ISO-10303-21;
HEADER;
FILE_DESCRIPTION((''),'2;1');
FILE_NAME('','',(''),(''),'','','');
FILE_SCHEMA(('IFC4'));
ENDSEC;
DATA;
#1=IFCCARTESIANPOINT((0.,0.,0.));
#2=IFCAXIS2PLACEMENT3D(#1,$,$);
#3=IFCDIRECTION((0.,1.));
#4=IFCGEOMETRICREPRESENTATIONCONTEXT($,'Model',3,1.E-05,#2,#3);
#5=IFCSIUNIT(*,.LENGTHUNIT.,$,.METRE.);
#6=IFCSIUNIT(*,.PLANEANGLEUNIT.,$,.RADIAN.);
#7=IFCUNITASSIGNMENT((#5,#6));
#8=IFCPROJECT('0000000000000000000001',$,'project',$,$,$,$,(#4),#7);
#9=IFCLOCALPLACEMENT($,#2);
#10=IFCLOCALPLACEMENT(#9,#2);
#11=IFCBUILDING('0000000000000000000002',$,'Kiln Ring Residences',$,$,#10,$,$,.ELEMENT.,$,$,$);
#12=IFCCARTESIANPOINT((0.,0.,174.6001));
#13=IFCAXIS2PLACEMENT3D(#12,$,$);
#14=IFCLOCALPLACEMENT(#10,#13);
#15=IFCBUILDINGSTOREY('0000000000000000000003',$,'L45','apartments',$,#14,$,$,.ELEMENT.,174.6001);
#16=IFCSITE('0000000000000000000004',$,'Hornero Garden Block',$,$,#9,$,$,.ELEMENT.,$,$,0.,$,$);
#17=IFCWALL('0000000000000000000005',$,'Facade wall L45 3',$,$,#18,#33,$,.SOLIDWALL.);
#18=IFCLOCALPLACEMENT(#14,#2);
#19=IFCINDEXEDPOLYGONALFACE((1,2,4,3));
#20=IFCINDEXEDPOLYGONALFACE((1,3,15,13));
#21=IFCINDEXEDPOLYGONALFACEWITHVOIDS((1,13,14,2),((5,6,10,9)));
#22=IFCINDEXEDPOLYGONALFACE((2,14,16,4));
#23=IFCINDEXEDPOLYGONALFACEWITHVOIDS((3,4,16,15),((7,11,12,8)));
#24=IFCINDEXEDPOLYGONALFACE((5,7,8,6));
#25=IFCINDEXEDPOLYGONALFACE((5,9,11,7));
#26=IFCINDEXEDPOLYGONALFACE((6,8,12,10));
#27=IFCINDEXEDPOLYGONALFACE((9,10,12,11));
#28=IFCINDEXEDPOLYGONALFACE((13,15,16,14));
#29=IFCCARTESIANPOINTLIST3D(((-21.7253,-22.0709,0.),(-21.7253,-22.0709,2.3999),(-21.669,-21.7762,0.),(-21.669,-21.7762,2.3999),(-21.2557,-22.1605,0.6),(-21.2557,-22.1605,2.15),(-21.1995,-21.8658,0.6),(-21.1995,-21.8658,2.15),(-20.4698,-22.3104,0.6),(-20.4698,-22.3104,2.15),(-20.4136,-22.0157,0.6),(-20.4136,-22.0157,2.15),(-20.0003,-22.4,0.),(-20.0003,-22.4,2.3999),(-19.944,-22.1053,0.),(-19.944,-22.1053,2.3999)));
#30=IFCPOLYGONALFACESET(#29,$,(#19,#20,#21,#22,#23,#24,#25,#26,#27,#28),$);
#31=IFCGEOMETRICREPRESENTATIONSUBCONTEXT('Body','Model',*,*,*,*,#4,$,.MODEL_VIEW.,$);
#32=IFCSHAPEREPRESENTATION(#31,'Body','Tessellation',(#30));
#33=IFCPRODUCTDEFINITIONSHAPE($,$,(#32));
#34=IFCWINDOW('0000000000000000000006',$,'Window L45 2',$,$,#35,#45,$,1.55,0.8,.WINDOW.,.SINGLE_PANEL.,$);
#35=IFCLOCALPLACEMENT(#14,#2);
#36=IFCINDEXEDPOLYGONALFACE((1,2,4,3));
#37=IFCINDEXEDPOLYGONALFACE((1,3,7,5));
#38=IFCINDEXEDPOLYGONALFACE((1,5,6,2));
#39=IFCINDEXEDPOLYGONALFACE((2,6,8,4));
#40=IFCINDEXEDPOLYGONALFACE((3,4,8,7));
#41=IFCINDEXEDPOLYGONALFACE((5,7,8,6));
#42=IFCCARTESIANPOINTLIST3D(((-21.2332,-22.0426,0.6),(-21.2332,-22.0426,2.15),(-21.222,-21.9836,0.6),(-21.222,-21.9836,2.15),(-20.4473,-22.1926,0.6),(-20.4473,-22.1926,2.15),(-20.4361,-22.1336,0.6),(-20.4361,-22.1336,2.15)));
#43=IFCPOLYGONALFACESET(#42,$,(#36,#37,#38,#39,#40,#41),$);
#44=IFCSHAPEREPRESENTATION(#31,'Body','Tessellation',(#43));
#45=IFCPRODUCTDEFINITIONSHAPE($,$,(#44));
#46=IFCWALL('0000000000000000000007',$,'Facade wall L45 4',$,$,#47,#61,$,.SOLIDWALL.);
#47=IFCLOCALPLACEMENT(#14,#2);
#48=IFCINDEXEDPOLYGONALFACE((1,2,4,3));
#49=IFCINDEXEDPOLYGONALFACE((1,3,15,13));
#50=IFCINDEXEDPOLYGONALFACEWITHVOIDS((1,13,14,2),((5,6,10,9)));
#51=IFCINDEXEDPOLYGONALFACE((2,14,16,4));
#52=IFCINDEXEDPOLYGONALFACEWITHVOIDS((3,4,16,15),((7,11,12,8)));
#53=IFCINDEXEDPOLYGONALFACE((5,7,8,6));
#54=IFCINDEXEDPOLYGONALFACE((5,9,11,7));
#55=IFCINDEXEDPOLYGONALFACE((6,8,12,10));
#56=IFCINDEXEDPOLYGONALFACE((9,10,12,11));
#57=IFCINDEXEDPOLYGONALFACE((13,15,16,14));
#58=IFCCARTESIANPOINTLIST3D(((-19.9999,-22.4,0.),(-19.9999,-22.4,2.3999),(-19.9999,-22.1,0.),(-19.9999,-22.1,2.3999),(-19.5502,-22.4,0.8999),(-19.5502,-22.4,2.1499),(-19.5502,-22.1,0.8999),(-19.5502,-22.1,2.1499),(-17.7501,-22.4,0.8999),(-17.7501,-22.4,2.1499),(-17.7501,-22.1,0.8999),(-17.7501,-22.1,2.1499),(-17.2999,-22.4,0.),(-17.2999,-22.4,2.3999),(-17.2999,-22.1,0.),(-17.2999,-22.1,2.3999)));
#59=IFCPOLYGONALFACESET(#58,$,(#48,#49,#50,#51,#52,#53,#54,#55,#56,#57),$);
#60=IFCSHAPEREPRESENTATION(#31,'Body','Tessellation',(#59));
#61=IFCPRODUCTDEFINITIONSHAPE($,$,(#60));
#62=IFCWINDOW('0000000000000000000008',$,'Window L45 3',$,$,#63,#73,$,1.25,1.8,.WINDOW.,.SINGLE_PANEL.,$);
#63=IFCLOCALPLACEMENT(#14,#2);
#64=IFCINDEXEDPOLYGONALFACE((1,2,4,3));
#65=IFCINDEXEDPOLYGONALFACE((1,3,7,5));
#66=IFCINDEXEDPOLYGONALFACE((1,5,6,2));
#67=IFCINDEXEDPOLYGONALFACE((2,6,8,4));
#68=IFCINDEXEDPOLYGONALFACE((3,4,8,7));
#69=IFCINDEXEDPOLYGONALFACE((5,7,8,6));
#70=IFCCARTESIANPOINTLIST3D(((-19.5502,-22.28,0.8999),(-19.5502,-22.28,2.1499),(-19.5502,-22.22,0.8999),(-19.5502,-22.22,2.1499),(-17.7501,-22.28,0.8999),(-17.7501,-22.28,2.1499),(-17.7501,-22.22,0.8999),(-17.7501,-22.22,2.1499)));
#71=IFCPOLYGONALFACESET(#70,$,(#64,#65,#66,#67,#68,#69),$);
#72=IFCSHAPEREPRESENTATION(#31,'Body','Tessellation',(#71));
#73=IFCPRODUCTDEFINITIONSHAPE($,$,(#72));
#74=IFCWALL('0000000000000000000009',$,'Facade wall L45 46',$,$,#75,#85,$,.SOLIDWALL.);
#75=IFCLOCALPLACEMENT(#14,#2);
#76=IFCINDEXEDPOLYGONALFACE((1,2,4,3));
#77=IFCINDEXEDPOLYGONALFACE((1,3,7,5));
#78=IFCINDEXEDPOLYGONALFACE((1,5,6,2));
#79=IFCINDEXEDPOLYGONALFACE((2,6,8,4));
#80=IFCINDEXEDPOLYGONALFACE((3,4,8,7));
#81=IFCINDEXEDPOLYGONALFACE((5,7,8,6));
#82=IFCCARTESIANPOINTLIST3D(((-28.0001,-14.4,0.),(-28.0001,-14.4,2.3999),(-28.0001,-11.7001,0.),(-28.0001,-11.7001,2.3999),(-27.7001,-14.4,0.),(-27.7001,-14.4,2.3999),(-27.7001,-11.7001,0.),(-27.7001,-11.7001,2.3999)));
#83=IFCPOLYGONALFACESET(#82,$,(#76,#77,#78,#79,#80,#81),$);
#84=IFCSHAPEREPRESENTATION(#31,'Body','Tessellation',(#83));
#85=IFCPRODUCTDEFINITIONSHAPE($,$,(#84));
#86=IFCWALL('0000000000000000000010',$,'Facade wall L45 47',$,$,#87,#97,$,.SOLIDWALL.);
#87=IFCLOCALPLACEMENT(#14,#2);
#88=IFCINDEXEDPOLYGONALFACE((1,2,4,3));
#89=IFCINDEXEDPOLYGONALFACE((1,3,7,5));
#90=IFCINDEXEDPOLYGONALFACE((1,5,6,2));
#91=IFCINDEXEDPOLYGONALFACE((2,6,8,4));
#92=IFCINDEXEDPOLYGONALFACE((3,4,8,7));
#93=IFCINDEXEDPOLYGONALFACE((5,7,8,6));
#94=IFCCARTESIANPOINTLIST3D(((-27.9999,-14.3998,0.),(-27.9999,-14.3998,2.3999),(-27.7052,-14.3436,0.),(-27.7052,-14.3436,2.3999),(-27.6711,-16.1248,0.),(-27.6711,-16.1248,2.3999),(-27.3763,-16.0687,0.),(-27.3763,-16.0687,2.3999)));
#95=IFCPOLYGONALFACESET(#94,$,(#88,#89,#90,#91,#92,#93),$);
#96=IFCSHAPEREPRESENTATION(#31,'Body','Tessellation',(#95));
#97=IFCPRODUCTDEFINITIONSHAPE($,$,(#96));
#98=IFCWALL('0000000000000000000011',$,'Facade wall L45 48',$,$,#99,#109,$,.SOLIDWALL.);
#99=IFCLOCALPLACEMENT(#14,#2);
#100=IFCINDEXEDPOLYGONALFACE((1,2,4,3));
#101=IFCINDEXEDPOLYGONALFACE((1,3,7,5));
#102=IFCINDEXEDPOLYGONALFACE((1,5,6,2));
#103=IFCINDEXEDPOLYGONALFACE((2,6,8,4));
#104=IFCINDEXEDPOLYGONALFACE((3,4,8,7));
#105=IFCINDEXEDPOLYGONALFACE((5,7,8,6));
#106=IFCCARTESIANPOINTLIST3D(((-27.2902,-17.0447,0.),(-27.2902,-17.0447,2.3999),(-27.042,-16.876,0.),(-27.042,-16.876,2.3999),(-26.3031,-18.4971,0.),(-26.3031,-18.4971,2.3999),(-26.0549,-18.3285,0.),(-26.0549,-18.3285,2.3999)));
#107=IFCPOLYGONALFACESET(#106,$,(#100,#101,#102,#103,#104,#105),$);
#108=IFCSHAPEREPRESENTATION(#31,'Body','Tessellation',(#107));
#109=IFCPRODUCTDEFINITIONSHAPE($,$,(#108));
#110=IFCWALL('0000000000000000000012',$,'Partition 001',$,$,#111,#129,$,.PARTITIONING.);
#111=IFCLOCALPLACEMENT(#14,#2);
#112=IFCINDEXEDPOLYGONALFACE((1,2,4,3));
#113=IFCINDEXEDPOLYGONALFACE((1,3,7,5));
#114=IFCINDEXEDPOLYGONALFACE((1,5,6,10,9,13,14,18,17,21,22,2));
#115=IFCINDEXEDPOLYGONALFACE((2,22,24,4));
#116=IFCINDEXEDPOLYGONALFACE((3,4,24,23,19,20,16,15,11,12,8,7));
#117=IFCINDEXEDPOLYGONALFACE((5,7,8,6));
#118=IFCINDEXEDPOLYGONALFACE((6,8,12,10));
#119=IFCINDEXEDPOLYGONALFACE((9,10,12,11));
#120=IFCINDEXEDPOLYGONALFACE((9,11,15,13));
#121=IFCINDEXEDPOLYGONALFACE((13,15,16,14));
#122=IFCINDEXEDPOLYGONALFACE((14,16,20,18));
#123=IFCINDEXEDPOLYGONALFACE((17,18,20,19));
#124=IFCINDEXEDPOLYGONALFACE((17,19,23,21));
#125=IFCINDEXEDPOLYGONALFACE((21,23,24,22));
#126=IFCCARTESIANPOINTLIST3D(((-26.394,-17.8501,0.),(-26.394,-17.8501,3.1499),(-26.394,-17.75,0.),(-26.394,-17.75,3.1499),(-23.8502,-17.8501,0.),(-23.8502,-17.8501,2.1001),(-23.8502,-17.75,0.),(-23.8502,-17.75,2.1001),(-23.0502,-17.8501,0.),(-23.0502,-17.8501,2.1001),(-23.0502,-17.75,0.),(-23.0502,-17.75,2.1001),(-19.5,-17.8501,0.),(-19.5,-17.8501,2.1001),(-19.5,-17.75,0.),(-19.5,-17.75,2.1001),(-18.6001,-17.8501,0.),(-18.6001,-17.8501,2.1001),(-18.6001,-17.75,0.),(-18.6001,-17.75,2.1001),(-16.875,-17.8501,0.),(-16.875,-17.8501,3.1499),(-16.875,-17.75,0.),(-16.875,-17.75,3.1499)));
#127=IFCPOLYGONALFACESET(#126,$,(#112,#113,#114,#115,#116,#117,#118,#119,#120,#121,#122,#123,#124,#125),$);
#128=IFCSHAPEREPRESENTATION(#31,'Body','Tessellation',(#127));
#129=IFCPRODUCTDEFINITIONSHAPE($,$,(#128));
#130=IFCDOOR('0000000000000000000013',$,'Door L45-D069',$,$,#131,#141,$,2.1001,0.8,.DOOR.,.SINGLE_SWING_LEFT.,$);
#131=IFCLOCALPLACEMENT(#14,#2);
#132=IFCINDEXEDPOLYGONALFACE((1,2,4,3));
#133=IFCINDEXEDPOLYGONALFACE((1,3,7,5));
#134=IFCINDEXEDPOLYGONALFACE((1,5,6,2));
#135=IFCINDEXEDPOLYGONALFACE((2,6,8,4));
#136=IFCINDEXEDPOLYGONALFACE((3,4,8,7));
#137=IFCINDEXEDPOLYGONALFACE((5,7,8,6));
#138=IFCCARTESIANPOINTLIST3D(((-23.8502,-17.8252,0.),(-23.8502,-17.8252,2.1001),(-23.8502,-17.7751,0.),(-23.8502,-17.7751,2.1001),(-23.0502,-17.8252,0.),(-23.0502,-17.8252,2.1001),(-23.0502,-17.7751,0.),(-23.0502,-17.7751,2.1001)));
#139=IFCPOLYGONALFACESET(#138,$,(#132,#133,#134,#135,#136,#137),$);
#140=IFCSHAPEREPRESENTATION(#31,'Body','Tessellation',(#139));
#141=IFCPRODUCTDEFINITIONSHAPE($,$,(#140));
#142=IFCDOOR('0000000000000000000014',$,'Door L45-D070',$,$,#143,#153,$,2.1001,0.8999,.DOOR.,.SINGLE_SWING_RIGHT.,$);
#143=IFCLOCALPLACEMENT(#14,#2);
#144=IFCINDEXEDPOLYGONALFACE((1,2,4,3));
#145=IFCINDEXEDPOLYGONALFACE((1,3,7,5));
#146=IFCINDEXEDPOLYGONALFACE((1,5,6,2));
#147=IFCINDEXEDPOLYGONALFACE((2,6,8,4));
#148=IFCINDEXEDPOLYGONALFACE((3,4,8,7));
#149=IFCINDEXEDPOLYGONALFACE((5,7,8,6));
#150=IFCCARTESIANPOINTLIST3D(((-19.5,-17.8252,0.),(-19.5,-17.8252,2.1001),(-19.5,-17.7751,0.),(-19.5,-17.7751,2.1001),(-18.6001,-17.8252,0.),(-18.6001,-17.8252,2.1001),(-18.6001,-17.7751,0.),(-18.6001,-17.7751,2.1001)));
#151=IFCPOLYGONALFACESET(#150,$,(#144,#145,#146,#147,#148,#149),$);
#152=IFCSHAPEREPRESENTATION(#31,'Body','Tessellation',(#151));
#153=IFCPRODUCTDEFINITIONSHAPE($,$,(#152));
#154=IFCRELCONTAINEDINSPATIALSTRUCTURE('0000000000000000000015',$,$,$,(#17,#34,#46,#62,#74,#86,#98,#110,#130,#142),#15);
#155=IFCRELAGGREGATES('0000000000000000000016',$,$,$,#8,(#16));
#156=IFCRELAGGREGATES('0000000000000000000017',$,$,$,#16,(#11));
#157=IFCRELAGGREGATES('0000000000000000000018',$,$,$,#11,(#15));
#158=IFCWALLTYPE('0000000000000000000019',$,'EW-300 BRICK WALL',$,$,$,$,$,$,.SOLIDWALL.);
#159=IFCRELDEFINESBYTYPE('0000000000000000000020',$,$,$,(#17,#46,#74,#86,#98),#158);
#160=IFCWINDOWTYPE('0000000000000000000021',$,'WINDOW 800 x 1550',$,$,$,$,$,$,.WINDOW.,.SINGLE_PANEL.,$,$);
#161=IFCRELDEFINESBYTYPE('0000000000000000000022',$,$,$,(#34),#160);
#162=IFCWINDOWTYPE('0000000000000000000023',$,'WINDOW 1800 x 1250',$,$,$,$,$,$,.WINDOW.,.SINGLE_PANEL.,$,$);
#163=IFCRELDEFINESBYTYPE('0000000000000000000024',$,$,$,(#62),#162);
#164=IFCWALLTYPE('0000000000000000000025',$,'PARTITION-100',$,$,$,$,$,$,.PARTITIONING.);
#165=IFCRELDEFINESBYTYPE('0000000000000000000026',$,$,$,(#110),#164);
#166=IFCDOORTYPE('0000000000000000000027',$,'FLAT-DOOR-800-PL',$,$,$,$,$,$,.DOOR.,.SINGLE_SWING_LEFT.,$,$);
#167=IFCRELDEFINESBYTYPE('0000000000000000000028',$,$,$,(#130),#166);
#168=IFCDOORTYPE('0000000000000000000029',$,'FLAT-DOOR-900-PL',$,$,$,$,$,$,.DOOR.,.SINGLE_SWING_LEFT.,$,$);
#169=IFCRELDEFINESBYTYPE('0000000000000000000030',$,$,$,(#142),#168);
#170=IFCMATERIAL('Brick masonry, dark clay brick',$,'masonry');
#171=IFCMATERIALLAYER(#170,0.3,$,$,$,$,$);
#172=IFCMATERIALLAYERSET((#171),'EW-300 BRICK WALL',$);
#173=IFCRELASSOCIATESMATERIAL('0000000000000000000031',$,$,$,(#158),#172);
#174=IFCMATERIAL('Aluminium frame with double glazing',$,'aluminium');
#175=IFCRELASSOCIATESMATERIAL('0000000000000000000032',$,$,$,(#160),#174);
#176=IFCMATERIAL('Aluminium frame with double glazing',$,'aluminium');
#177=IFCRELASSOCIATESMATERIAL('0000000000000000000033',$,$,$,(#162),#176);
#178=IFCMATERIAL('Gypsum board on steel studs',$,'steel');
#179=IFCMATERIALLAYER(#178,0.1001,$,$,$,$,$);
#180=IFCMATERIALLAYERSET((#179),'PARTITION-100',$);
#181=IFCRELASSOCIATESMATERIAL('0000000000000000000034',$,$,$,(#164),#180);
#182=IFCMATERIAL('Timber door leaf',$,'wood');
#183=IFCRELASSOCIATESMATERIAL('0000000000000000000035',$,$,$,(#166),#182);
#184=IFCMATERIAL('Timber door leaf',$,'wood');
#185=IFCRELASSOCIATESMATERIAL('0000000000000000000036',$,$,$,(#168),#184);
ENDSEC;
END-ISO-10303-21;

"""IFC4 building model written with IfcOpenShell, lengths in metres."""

from ifc_helpers import new_model, si_unit, direction, frame, frame_2d, origin, place, context, subcontext, project, spatial, rectangle, extrude, material, layer, layer_set, type_object, element, fill, save


model = new_model("IFC4")

# Units and contexts
model_context = context("Model", 3, precision=1e-05, world=origin(), true_north=direction((0.0, 1.0)))
body_context = subcontext(model_context, "Body", "Model", "MODEL_VIEW")
ifc_project = project(units=[si_unit("LENGTHUNIT", "METRE"), si_unit("PLANEANGLEUNIT", "RADIAN")], contexts=[model_context])

# Site, building, storey
site_placement = place(None, origin())
site = spatial("IfcSite", under=ifc_project, at=site_placement, Name="Hornero Garden Block", CompositionType="ELEMENT", RefElevation=0.0)
building_placement = place(site_placement, origin())
building = spatial("IfcBuilding", under=site, at=building_placement, Name="Kiln Ring Residences", CompositionType="ELEMENT")
storey_placement = place(building_placement, frame((0.0, 0.0, 174.6001)))
storey = spatial("IfcBuildingStorey", under=building, at=storey_placement, Name="L45", Description="apartments", CompositionType="ELEMENT", Elevation=174.6001)

# Shared definitions
ifc_material_1 = material(Name="Brick masonry, dark clay brick", Category="masonry")
ifc_layer_1 = layer(ifc_material_1, 0.3)
ifc_layer_set_1 = layer_set([ifc_layer_1], Name="EW-300 BRICK WALL")
wall_type_1 = type_object("IfcWallType", Name="EW-300 BRICK WALL", PredefinedType="SOLIDWALL", material=ifc_layer_set_1)

# Walls, openings, windows
wall_1_placement = place(storey_placement, frame((-21.697, -21.9236, 0.0), z_axis=(0.0, 0.0, 1.0), x_axis=(0.982285, -0.187393, 0.0)))
wall_1 = element("IfcWall", 1, at=wall_1_placement, inside=storey, type_object=wall_type_1, Name="Facade wall L45 3", PredefinedType="SOLIDWALL", context=body_context, shape_type="SweptSolid", body=[
    extrude(rectangle(XDim=1.7561, YDim=0.3, at=frame_2d((0.8779, 0.0))), origin(), (0.0, 0.0, 1.0), 2.3999),
])
opening_1_placement = place(wall_1_placement, frame((0.478, 0.0, 0.6001)))
opening_1 = element("IfcOpeningElement", 2, at=opening_1_placement, cuts=wall_1, PredefinedType="OPENING", context=body_context, shape_type="SweptSolid", body=[
    extrude(rectangle(XDim=0.8, YDim=1.55, at=frame_2d((0.3999, 0.7749))), frame((0.0, 0.1599, 0.0), z_axis=(0.0, -1.0, 0.0), x_axis=(1.0, 0.0, 0.0)), (0.0, 0.0, 1.0), 0.3201),
])
ifc_material_2 = material(Name="Aluminium frame with double glazing", Category="aluminium")
window_type_1 = type_object("IfcWindowType", Name="WINDOW 800 x 1550", PartitioningType="SINGLE_PANEL", PredefinedType="WINDOW", material=ifc_material_2)
window_1_placement = place(opening_1_placement, origin())
window_1 = element("IfcWindow", 3, at=window_1_placement, inside=storey, type_object=window_type_1, Name="Window L45 2", OverallHeight=1.55, OverallWidth=0.8, PartitioningType="SINGLE_PANEL", PredefinedType="WINDOW", context=body_context, shape_type="SweptSolid", body=[
    extrude(rectangle(XDim=0.8, YDim=1.55, at=frame_2d((0.3999, 0.7749))), frame((0.0, 0.03, 0.0), z_axis=(0.0, -1.0, 0.0), x_axis=(1.0, 0.0, 0.0)), (0.0, 0.0, 1.0), 0.0601),
])
fill(opening_1, window_1)
wall_2_placement = place(storey_placement, frame((-20.0, -22.25, 0.0), z_axis=(0.0, 0.0, 1.0), x_axis=(1.0, 0.0, 0.0)))
wall_2 = element("IfcWall", 4, at=wall_2_placement, inside=storey, type_object=wall_type_1, Name="Facade wall L45 4", PredefinedType="SOLIDWALL", context=body_context, shape_type="SweptSolid", body=[
    extrude(rectangle(XDim=2.7, YDim=0.3, at=frame_2d((1.3501, 0.0))), origin(), (0.0, 0.0, 1.0), 2.3999),
])
opening_2_placement = place(wall_2_placement, frame((0.45, 0.0, 0.8999)))
opening_2 = element("IfcOpeningElement", 5, at=opening_2_placement, cuts=wall_2, PredefinedType="OPENING", context=body_context, shape_type="SweptSolid", body=[
    extrude(rectangle(XDim=1.8, YDim=1.25, at=frame_2d((0.8999, 0.625))), frame((0.0, 0.1599, 0.0), z_axis=(0.0, -1.0, 0.0), x_axis=(1.0, 0.0, 0.0)), (0.0, 0.0, 1.0), 0.3201),
])
ifc_material_3 = material(Name="Aluminium frame with double glazing", Category="aluminium")
window_type_2 = type_object("IfcWindowType", Name="WINDOW 1800 x 1250", PartitioningType="SINGLE_PANEL", PredefinedType="WINDOW", material=ifc_material_3)
window_2_placement = place(opening_2_placement, origin())
window_2 = element("IfcWindow", 6, at=window_2_placement, inside=storey, type_object=window_type_2, Name="Window L45 3", OverallHeight=1.25, OverallWidth=1.8, PartitioningType="SINGLE_PANEL", PredefinedType="WINDOW", context=body_context, shape_type="SweptSolid", body=[
    extrude(rectangle(XDim=1.8, YDim=1.25, at=frame_2d((0.8999, 0.625))), frame((0.0, 0.03, 0.0), z_axis=(0.0, -1.0, 0.0), x_axis=(1.0, 0.0, 0.0)), (0.0, 0.0, 1.0), 0.0601),
])
fill(opening_2, window_2)

# Walls
wall_3_placement = place(storey_placement, frame((-27.8501, -11.7, 0.0), z_axis=(0.0, 0.0, 1.0), x_axis=(0.0, -1.0, 0.0)))
element("IfcWall", 7, at=wall_3_placement, inside=storey, type_object=wall_type_1, Name="Facade wall L45 46", PredefinedType="SOLIDWALL", context=body_context, shape_type="SweptSolid", body=[
    extrude(rectangle(XDim=2.7, YDim=0.3, at=frame_2d((1.3501, 0.0))), origin(), (0.0, 0.0, 1.0), 2.3999),
])
for number, where, z_axis, x_axis, name in (
    (8, (-27.8525, -14.3718, 0.0), (0.0, 0.0, 1.0), (0.187259, -0.982311, 0.0), "Facade wall L45 47"),
    (9, (-27.166, -16.9604, 0.0), (0.0, 0.0, 1.0), (0.562089, -0.827076, 0.0), "Facade wall L45 48"),
):
    element("IfcWall", number, at=place(storey_placement, frame(where, z_axis=z_axis, x_axis=x_axis)), inside=storey, type_object=wall_type_1, Name=name, PredefinedType="SOLIDWALL", context=body_context, shape_type="SweptSolid", body=[
        extrude(rectangle(XDim=1.7561, YDim=0.3, at=frame_2d((0.8779, 0.0))), origin(), (0.0, 0.0, 1.0), 2.3999),
    ])

# Wall, openings, doors
ifc_material_4 = material(Name="Gypsum board on steel studs", Category="steel")
ifc_layer_2 = layer(ifc_material_4, 0.1001)
ifc_layer_set_2 = layer_set([ifc_layer_2], Name="PARTITION-100")
wall_type_2 = type_object("IfcWallType", Name="PARTITION-100", PredefinedType="PARTITIONING", material=ifc_layer_set_2)
wall_4_placement = place(storey_placement, frame((-26.394, -17.8, 0.0), z_axis=(0.0, 0.0, 1.0), x_axis=(1.0, 0.0, 0.0)))
wall_4 = element("IfcWall", 10, at=wall_4_placement, inside=storey, type_object=wall_type_2, Name="Partition 001", PredefinedType="PARTITIONING", context=body_context, shape_type="SweptSolid", body=[
    extrude(rectangle(XDim=9.519, YDim=0.1001, at=frame_2d((4.7595, 0.0))), origin(), (0.0, 0.0, 1.0), 3.1499),
])
opening_3_placement = place(wall_4_placement, frame((2.5439, 0.0, 0.0)))
opening_3 = element("IfcOpeningElement", 11, at=opening_3_placement, cuts=wall_4, PredefinedType="OPENING", context=body_context, shape_type="SweptSolid", body=[
    extrude(rectangle(XDim=0.8, YDim=2.1001, at=frame_2d((0.3999, 1.05))), frame((0.0, 0.0601, 0.0), z_axis=(0.0, -1.0, 0.0), x_axis=(1.0, 0.0, 0.0)), (0.0, 0.0, 1.0), 0.1201),
])
opening_4_placement = place(wall_4_placement, frame((6.894, 0.0, 0.0)))
opening_4 = element("IfcOpeningElement", 12, at=opening_4_placement, cuts=wall_4, PredefinedType="OPENING", context=body_context, shape_type="SweptSolid", body=[
    extrude(rectangle(XDim=0.8999, YDim=2.1001, at=frame_2d((0.45, 1.05))), frame((0.0, 0.0601, 0.0), z_axis=(0.0, -1.0, 0.0), x_axis=(1.0, 0.0, 0.0)), (0.0, 0.0, 1.0), 0.1201),
])
ifc_material_5 = material(Name="Timber door leaf", Category="wood")
door_type_1 = type_object("IfcDoorType", Name="FLAT-DOOR-800-PL", OperationType="SINGLE_SWING_LEFT", PredefinedType="DOOR", material=ifc_material_5)
door_1_placement = place(opening_3_placement, origin())
door_1 = element("IfcDoor", 13, at=door_1_placement, inside=storey, type_object=door_type_1, Name="Door L45-D069", OperationType="SINGLE_SWING_LEFT", OverallHeight=2.1001, OverallWidth=0.8, PredefinedType="DOOR", context=body_context, shape_type="SweptSolid", body=[
    extrude(rectangle(XDim=0.8, YDim=2.1001, at=frame_2d((0.3999, 1.05))), frame((0.0, 0.0249, 0.0), z_axis=(0.0, -1.0, 0.0), x_axis=(1.0, 0.0, 0.0)), (0.0, 0.0, 1.0), 0.05),
])
fill(opening_3, door_1)
ifc_material_6 = material(Name="Timber door leaf", Category="wood")
door_type_2 = type_object("IfcDoorType", Name="FLAT-DOOR-900-PL", OperationType="SINGLE_SWING_LEFT", PredefinedType="DOOR", material=ifc_material_6)
door_2_placement = place(opening_4_placement, origin())
door_2 = element("IfcDoor", 14, at=door_2_placement, inside=storey, type_object=door_type_2, Name="Door L45-D070", OperationType="SINGLE_SWING_RIGHT", OverallHeight=2.1001, OverallWidth=0.8999, PredefinedType="DOOR", context=body_context, shape_type="SweptSolid", body=[
    extrude(rectangle(XDim=0.8999, YDim=2.1001, at=frame_2d((0.45, 1.05))), frame((0.0, 0.0249, 0.0), z_axis=(0.0, -1.0, 0.0), x_axis=(1.0, 0.0, 0.0)), (0.0, 0.0, 1.0), 0.05),
])
fill(opening_4, door_2)

save(model, "model.ifc")
